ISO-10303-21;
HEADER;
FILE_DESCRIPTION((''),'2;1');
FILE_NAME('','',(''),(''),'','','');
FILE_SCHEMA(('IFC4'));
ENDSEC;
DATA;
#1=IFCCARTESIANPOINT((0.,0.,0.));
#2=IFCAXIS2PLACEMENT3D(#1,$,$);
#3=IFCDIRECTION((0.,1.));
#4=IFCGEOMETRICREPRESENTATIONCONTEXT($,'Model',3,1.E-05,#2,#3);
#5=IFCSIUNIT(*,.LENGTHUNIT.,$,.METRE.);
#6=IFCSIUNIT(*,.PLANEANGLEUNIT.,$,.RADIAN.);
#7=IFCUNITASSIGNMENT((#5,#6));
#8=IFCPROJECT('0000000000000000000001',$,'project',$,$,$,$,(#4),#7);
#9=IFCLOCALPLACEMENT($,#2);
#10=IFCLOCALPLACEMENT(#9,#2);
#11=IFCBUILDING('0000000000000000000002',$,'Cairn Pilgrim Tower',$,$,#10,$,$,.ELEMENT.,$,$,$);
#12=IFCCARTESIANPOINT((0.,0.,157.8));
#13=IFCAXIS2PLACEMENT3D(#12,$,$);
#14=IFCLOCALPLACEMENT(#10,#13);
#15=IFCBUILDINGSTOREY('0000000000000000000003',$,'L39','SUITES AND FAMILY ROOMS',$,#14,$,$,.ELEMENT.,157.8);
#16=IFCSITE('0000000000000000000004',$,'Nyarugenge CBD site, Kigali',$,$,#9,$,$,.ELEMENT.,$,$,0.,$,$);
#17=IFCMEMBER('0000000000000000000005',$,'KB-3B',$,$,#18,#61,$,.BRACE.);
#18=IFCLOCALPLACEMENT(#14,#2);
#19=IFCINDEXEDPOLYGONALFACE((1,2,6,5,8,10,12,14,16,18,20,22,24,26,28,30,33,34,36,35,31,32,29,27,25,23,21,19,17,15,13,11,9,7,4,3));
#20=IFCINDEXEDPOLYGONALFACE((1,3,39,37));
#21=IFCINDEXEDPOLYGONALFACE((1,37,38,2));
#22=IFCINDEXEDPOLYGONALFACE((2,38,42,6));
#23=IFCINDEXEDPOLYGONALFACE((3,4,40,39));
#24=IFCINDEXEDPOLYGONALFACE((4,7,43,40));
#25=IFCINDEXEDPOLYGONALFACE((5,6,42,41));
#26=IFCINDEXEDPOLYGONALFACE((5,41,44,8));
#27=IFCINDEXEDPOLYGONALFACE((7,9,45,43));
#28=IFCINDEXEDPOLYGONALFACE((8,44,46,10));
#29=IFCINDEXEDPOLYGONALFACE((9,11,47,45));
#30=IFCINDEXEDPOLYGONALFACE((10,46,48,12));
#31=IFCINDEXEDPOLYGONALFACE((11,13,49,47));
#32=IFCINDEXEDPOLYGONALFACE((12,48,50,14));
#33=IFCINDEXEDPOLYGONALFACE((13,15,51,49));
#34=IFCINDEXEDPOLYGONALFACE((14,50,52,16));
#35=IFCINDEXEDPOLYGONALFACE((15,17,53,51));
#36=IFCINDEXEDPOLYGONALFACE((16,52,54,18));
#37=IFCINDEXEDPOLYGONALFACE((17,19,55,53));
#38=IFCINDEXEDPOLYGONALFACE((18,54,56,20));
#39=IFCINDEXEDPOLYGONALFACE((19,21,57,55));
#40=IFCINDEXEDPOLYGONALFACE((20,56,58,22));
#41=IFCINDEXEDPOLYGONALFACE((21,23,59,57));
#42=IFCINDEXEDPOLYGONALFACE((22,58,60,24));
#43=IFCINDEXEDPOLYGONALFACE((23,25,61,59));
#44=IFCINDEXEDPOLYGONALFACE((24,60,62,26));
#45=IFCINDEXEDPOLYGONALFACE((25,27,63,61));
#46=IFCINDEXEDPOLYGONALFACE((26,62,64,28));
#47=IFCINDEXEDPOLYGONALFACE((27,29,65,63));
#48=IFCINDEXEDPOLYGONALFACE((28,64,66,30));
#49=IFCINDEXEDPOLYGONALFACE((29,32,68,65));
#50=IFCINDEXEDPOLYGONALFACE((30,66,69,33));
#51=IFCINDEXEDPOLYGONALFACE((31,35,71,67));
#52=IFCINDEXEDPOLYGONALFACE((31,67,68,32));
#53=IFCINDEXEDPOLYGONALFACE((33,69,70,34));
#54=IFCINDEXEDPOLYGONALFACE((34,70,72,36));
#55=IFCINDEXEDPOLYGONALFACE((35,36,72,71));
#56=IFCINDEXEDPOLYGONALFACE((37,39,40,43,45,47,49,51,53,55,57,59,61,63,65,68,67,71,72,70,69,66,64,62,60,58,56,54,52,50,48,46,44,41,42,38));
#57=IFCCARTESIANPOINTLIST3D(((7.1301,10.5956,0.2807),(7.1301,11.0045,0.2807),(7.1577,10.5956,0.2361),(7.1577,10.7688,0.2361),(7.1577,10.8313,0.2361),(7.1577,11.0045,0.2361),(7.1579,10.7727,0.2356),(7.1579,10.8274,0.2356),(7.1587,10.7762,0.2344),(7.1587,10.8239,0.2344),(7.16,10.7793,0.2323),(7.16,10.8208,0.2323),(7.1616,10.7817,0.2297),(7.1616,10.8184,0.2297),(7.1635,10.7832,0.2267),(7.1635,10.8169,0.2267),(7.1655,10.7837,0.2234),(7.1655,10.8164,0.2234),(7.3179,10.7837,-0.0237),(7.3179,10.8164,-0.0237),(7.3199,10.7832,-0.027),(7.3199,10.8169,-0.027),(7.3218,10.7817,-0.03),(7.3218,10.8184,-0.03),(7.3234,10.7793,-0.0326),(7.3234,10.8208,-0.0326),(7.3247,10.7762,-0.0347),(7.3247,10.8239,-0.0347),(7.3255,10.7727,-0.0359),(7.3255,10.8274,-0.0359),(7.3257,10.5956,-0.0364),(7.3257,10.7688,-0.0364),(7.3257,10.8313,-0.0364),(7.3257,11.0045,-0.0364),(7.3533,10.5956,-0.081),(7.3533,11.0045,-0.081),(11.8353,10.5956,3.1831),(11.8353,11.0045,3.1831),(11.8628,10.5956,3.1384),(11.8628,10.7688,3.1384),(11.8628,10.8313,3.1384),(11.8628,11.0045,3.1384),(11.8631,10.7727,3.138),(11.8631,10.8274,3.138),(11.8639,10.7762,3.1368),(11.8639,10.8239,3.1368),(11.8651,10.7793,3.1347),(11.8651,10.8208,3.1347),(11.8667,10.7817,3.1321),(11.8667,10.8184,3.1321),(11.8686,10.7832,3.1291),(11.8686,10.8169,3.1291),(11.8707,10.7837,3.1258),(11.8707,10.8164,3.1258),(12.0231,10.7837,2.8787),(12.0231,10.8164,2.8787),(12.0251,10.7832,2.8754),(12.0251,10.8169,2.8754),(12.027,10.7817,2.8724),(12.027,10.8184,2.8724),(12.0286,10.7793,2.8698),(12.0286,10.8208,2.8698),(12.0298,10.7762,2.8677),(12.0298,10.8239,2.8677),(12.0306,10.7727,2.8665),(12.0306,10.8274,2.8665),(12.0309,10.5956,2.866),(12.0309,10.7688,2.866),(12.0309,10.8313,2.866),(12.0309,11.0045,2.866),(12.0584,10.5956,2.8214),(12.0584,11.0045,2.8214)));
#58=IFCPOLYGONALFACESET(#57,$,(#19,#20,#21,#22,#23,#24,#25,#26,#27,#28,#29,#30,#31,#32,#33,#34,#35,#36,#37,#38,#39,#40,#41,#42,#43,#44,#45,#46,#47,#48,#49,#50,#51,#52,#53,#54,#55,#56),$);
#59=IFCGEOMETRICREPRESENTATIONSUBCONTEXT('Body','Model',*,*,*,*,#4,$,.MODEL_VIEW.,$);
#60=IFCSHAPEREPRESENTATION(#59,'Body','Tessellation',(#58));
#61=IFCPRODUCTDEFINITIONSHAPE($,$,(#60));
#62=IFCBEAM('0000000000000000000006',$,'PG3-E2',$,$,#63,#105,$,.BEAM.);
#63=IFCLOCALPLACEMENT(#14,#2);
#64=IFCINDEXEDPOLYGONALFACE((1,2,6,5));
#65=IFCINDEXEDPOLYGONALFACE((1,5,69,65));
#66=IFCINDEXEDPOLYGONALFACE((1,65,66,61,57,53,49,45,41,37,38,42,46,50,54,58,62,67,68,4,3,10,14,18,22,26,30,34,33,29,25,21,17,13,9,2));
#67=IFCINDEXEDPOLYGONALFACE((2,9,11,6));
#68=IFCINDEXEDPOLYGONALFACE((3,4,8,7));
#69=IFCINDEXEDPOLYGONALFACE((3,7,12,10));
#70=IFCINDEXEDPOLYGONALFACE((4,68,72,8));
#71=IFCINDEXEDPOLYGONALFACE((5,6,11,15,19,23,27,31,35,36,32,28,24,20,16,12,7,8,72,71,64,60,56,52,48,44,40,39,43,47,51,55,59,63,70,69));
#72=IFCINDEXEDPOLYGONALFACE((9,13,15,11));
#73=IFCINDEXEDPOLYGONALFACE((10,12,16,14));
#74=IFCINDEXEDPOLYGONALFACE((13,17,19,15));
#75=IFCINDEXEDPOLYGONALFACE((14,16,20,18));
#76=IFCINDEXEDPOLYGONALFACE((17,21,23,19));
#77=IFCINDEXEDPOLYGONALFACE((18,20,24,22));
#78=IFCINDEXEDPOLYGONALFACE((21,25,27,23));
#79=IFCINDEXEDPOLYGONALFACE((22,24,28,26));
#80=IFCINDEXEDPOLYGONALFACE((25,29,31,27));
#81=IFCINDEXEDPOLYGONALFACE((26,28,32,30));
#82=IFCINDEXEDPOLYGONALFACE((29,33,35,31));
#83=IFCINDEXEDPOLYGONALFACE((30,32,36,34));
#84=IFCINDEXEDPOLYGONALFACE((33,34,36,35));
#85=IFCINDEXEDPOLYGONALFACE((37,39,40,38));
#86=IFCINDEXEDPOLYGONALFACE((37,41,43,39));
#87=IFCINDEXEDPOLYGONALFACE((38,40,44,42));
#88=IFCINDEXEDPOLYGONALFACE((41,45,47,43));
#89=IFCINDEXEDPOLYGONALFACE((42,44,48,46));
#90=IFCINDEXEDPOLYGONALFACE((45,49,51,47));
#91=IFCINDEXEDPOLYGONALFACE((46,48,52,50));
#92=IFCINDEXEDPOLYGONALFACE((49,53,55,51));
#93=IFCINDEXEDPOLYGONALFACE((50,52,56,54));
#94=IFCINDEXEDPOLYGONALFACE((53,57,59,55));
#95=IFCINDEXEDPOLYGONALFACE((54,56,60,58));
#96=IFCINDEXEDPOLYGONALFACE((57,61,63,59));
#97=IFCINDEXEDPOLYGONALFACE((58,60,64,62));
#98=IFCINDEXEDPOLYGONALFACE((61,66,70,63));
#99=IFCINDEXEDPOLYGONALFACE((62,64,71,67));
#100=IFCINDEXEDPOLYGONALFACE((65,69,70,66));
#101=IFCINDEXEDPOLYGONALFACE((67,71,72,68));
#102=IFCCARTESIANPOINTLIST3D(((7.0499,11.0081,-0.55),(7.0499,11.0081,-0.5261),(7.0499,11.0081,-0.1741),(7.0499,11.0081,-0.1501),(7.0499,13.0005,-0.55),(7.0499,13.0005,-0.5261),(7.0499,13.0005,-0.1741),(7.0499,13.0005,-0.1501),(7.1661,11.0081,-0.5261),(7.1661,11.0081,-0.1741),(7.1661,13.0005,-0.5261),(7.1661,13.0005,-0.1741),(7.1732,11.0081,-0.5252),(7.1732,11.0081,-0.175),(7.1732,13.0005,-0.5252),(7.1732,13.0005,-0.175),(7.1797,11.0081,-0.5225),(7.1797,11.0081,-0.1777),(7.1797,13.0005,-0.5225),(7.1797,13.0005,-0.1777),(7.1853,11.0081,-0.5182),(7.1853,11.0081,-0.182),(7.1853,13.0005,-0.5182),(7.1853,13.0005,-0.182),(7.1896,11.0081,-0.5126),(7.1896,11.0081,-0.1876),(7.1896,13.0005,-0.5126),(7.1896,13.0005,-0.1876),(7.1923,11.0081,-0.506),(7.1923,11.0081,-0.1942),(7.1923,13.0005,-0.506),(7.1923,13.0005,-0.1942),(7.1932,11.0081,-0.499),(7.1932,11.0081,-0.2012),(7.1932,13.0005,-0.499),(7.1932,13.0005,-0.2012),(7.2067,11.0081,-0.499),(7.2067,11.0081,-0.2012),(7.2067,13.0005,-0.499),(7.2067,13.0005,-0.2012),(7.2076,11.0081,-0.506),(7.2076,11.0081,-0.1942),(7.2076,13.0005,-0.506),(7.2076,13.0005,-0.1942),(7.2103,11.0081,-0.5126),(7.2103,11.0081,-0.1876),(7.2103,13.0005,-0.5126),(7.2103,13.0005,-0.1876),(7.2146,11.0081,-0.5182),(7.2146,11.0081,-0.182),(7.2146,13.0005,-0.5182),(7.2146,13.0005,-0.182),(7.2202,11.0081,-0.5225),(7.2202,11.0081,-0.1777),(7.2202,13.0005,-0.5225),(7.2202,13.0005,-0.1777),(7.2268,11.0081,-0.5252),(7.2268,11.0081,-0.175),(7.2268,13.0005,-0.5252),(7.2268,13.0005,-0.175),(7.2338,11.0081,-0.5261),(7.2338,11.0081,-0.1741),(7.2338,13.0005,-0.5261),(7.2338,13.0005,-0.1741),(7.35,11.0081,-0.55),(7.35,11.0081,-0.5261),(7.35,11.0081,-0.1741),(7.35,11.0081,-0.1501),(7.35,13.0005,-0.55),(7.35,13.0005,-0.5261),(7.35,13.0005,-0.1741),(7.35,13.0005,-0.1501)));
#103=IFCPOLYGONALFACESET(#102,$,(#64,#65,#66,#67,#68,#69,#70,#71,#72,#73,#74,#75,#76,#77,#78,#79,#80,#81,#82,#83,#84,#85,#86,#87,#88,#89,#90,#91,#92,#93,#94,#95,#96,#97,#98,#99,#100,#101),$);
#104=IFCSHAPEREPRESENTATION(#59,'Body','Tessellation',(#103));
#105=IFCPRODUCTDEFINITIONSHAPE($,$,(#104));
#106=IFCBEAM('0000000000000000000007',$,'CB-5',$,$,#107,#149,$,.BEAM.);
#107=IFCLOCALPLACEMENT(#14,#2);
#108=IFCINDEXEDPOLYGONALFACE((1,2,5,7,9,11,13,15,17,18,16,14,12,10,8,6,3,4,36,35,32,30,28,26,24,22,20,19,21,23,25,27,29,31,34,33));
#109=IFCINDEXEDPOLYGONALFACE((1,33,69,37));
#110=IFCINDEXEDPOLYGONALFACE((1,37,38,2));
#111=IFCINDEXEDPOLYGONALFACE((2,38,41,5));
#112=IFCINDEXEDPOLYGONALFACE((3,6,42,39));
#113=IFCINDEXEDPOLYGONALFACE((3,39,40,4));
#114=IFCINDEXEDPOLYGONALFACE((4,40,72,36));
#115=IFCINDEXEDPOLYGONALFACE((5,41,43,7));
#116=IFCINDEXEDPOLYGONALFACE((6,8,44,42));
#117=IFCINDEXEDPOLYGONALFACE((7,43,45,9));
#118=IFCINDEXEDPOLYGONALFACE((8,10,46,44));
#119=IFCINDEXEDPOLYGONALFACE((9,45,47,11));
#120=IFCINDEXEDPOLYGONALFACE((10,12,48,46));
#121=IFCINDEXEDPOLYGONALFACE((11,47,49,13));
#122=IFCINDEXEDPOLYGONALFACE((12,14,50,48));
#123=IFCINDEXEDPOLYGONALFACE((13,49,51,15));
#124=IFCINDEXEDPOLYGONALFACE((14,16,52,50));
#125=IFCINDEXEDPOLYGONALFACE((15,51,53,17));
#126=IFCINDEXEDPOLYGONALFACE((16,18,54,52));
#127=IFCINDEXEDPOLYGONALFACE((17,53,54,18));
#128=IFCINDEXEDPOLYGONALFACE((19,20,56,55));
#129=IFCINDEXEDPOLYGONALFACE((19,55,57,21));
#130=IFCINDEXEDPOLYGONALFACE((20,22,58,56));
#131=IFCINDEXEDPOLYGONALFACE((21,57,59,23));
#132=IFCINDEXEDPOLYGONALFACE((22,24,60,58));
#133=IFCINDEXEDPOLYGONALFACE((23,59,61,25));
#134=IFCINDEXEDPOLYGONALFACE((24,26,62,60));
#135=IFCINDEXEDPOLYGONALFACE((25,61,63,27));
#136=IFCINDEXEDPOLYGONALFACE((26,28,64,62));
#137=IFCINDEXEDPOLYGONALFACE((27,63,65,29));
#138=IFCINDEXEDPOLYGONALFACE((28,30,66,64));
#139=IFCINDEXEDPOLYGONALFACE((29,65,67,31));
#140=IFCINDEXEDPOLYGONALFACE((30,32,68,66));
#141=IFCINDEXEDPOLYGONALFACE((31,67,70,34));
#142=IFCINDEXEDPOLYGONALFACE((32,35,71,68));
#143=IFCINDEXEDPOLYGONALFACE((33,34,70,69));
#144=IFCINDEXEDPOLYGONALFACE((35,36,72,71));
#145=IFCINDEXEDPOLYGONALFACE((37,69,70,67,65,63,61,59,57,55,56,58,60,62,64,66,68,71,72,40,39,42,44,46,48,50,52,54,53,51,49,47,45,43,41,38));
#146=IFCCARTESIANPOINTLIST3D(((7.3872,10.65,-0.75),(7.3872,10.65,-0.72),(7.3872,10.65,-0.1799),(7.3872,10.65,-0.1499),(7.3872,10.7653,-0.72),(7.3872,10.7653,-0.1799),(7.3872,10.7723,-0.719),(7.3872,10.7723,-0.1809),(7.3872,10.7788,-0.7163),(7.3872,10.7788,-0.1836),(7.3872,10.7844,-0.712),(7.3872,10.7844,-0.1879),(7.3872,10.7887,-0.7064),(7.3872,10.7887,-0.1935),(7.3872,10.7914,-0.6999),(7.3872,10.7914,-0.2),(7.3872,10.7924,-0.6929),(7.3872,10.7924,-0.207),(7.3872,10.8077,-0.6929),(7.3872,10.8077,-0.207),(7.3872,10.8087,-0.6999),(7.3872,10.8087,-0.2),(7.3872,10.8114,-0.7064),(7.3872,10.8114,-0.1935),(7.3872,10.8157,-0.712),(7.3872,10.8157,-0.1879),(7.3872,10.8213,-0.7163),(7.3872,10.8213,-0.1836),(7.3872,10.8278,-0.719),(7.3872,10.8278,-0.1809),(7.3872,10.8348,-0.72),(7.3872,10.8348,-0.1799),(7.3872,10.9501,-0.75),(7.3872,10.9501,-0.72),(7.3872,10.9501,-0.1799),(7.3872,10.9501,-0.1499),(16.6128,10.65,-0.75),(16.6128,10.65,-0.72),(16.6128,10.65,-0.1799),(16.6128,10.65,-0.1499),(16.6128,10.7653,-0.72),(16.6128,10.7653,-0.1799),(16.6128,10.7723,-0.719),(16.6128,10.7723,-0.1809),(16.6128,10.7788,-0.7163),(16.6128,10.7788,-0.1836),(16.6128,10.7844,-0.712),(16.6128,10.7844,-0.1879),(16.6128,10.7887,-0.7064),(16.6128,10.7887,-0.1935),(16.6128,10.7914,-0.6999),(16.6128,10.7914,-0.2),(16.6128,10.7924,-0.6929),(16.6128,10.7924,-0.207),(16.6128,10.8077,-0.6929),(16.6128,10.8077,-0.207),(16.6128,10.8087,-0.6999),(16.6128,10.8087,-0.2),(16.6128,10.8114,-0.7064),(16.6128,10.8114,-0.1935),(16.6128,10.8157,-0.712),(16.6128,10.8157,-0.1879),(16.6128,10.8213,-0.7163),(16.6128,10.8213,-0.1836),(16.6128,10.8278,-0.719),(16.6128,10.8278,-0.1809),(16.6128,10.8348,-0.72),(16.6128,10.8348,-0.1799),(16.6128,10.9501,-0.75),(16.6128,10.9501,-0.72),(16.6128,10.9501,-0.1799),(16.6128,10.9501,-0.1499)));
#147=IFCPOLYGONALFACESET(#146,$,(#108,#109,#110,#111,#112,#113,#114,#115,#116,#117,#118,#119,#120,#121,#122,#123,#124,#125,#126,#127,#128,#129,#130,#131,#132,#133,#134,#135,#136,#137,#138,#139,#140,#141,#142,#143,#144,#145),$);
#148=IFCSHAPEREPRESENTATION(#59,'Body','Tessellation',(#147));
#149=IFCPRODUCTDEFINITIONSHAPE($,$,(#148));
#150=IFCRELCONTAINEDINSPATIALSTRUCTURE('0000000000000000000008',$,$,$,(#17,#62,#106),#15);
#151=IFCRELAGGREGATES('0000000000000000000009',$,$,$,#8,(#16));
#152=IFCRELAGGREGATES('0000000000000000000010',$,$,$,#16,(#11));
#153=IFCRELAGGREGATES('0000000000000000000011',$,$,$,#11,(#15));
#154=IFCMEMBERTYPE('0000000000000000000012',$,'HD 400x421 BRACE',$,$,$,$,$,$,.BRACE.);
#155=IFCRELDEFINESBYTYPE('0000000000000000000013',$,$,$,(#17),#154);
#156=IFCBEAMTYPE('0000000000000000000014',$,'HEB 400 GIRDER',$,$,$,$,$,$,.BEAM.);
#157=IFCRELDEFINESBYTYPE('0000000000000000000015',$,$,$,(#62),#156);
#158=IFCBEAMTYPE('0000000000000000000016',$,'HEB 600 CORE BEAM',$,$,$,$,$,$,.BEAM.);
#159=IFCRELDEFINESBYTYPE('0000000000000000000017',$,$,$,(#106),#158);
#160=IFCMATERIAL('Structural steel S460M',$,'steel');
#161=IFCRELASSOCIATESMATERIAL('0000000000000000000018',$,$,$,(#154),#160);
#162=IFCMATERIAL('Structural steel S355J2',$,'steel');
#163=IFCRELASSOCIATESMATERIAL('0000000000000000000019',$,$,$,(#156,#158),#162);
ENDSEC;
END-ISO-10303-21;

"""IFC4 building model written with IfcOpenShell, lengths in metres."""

from ifc_helpers import new_model, si_unit, direction, frame, origin, origin_2d, place, context, subcontext, project, spatial, i_section, extrude, material, material_profile, profile_set, type_object, element, save


model = new_model("IFC4")

# Units and contexts
model_context = context("Model", 3, precision=1e-05, world=origin(), true_north=direction((0.0, 1.0)))
body_context = subcontext(model_context, "Body", "Model", "MODEL_VIEW")
ifc_project = project(units=[si_unit("LENGTHUNIT", "METRE"), si_unit("PLANEANGLEUNIT", "RADIAN")], contexts=[model_context])

# Site, building, storey
site_placement = place(None, origin())
site = spatial("IfcSite", under=ifc_project, at=site_placement, Name="Nyarugenge CBD site, Kigali", CompositionType="ELEMENT", RefElevation=0.0)
building_placement = place(site_placement, origin())
building = spatial("IfcBuilding", under=site, at=building_placement, Name="Cairn Pilgrim Tower", CompositionType="ELEMENT")
storey_placement = place(building_placement, frame((0.0, 0.0, 157.8)))
storey = spatial("IfcBuildingStorey", under=building, at=storey_placement, Name="L39", Description="SUITES AND FAMILY ROOMS", CompositionType="ELEMENT", Elevation=157.8)

# Shared definitions
ifc_material_1 = material(Name="Structural steel S355J2", Category="steel")
ifc_material_2 = material(Name="Structural steel S460M", Category="steel")

# Member
ifc_material_profile_1 = material_profile(ifc_material_2, i_section(OverallWidth=0.4089, OverallDepth=0.425, WebThickness=0.0327, FlangeThickness=0.0525, FilletRadius=0.0149, at=origin_2d()), Name="HD 400x421")
ifc_profile_set_1 = profile_set([ifc_material_profile_1], Name="Structural steel S460M")
member_type = type_object("IfcMemberType", Name="HD 400x421 BRACE", PredefinedType="BRACE", material=ifc_profile_set_1)
for number, where, z_axis, x_axis, name in (
    (1, (7.2417, 10.8, 0.0999), (0.8511, 0.0, 0.525004), (0.0, 1.0, 0.0), "KB-3B"),
):
    element("IfcMember", number, at=place(storey_placement, frame(where, z_axis=z_axis, x_axis=x_axis)), inside=storey, type_object=member_type, Name=name, PredefinedType="BRACE", context=body_context, shape_type="SweptSolid", body=[
        extrude(i_section(OverallWidth=0.4089, OverallDepth=0.425, WebThickness=0.0327, FlangeThickness=0.0525, FilletRadius=0.0149, at=origin_2d()), origin(), (0.0, 0.0, 1.0), 5.5283),
    ])

# Beams
ifc_material_profile_2 = material_profile(ifc_material_1, i_section(OverallWidth=0.3, OverallDepth=0.3999, WebThickness=0.0134, FlangeThickness=0.0239, FilletRadius=0.0271, at=origin_2d()), Name="HEB 400")
ifc_profile_set_2 = profile_set([ifc_material_profile_2], Name="Structural steel S355J2")
beam_type_1 = type_object("IfcBeamType", Name="HEB 400 GIRDER", PredefinedType="BEAM", material=ifc_profile_set_2)
beam_1_placement = place(storey_placement, frame((7.2, 11.0081, -0.3501), z_axis=(0.0, 1.0, 0.0), x_axis=(-1.0, 0.0, 0.0)))
element("IfcBeam", 2, at=beam_1_placement, inside=storey, type_object=beam_type_1, Name="PG3-E2", PredefinedType="BEAM", context=body_context, shape_type="SweptSolid", body=[
    extrude(i_section(OverallWidth=0.3, OverallDepth=0.3999, WebThickness=0.0134, FlangeThickness=0.0239, FilletRadius=0.0271, at=origin_2d()), origin(), (0.0, 0.0, 1.0), 1.9924),
])
ifc_material_profile_3 = material_profile(ifc_material_1, i_section(OverallWidth=0.3, OverallDepth=0.6001, WebThickness=0.0154, FlangeThickness=0.03, FilletRadius=0.0271, at=origin_2d()), Name="HEB 600")
ifc_profile_set_3 = profile_set([ifc_material_profile_3], Name="Structural steel S355J2")
beam_type_2 = type_object("IfcBeamType", Name="HEB 600 CORE BEAM", PredefinedType="BEAM", material=ifc_profile_set_3)
beam_2_placement = place(storey_placement, frame((16.6128, 10.8, -0.45), z_axis=(-1.0, 0.0, 0.0), x_axis=(0.0, -1.0, 0.0)))
element("IfcBeam", 3, at=beam_2_placement, inside=storey, type_object=beam_type_2, Name="CB-5", PredefinedType="BEAM", context=body_context, shape_type="SweptSolid", body=[
    extrude(i_section(OverallWidth=0.3, OverallDepth=0.6001, WebThickness=0.0154, FlangeThickness=0.03, FilletRadius=0.0271, at=origin_2d()), origin(), (0.0, 0.0, 1.0), 9.2256),
])

save(model, "model.ifc")
